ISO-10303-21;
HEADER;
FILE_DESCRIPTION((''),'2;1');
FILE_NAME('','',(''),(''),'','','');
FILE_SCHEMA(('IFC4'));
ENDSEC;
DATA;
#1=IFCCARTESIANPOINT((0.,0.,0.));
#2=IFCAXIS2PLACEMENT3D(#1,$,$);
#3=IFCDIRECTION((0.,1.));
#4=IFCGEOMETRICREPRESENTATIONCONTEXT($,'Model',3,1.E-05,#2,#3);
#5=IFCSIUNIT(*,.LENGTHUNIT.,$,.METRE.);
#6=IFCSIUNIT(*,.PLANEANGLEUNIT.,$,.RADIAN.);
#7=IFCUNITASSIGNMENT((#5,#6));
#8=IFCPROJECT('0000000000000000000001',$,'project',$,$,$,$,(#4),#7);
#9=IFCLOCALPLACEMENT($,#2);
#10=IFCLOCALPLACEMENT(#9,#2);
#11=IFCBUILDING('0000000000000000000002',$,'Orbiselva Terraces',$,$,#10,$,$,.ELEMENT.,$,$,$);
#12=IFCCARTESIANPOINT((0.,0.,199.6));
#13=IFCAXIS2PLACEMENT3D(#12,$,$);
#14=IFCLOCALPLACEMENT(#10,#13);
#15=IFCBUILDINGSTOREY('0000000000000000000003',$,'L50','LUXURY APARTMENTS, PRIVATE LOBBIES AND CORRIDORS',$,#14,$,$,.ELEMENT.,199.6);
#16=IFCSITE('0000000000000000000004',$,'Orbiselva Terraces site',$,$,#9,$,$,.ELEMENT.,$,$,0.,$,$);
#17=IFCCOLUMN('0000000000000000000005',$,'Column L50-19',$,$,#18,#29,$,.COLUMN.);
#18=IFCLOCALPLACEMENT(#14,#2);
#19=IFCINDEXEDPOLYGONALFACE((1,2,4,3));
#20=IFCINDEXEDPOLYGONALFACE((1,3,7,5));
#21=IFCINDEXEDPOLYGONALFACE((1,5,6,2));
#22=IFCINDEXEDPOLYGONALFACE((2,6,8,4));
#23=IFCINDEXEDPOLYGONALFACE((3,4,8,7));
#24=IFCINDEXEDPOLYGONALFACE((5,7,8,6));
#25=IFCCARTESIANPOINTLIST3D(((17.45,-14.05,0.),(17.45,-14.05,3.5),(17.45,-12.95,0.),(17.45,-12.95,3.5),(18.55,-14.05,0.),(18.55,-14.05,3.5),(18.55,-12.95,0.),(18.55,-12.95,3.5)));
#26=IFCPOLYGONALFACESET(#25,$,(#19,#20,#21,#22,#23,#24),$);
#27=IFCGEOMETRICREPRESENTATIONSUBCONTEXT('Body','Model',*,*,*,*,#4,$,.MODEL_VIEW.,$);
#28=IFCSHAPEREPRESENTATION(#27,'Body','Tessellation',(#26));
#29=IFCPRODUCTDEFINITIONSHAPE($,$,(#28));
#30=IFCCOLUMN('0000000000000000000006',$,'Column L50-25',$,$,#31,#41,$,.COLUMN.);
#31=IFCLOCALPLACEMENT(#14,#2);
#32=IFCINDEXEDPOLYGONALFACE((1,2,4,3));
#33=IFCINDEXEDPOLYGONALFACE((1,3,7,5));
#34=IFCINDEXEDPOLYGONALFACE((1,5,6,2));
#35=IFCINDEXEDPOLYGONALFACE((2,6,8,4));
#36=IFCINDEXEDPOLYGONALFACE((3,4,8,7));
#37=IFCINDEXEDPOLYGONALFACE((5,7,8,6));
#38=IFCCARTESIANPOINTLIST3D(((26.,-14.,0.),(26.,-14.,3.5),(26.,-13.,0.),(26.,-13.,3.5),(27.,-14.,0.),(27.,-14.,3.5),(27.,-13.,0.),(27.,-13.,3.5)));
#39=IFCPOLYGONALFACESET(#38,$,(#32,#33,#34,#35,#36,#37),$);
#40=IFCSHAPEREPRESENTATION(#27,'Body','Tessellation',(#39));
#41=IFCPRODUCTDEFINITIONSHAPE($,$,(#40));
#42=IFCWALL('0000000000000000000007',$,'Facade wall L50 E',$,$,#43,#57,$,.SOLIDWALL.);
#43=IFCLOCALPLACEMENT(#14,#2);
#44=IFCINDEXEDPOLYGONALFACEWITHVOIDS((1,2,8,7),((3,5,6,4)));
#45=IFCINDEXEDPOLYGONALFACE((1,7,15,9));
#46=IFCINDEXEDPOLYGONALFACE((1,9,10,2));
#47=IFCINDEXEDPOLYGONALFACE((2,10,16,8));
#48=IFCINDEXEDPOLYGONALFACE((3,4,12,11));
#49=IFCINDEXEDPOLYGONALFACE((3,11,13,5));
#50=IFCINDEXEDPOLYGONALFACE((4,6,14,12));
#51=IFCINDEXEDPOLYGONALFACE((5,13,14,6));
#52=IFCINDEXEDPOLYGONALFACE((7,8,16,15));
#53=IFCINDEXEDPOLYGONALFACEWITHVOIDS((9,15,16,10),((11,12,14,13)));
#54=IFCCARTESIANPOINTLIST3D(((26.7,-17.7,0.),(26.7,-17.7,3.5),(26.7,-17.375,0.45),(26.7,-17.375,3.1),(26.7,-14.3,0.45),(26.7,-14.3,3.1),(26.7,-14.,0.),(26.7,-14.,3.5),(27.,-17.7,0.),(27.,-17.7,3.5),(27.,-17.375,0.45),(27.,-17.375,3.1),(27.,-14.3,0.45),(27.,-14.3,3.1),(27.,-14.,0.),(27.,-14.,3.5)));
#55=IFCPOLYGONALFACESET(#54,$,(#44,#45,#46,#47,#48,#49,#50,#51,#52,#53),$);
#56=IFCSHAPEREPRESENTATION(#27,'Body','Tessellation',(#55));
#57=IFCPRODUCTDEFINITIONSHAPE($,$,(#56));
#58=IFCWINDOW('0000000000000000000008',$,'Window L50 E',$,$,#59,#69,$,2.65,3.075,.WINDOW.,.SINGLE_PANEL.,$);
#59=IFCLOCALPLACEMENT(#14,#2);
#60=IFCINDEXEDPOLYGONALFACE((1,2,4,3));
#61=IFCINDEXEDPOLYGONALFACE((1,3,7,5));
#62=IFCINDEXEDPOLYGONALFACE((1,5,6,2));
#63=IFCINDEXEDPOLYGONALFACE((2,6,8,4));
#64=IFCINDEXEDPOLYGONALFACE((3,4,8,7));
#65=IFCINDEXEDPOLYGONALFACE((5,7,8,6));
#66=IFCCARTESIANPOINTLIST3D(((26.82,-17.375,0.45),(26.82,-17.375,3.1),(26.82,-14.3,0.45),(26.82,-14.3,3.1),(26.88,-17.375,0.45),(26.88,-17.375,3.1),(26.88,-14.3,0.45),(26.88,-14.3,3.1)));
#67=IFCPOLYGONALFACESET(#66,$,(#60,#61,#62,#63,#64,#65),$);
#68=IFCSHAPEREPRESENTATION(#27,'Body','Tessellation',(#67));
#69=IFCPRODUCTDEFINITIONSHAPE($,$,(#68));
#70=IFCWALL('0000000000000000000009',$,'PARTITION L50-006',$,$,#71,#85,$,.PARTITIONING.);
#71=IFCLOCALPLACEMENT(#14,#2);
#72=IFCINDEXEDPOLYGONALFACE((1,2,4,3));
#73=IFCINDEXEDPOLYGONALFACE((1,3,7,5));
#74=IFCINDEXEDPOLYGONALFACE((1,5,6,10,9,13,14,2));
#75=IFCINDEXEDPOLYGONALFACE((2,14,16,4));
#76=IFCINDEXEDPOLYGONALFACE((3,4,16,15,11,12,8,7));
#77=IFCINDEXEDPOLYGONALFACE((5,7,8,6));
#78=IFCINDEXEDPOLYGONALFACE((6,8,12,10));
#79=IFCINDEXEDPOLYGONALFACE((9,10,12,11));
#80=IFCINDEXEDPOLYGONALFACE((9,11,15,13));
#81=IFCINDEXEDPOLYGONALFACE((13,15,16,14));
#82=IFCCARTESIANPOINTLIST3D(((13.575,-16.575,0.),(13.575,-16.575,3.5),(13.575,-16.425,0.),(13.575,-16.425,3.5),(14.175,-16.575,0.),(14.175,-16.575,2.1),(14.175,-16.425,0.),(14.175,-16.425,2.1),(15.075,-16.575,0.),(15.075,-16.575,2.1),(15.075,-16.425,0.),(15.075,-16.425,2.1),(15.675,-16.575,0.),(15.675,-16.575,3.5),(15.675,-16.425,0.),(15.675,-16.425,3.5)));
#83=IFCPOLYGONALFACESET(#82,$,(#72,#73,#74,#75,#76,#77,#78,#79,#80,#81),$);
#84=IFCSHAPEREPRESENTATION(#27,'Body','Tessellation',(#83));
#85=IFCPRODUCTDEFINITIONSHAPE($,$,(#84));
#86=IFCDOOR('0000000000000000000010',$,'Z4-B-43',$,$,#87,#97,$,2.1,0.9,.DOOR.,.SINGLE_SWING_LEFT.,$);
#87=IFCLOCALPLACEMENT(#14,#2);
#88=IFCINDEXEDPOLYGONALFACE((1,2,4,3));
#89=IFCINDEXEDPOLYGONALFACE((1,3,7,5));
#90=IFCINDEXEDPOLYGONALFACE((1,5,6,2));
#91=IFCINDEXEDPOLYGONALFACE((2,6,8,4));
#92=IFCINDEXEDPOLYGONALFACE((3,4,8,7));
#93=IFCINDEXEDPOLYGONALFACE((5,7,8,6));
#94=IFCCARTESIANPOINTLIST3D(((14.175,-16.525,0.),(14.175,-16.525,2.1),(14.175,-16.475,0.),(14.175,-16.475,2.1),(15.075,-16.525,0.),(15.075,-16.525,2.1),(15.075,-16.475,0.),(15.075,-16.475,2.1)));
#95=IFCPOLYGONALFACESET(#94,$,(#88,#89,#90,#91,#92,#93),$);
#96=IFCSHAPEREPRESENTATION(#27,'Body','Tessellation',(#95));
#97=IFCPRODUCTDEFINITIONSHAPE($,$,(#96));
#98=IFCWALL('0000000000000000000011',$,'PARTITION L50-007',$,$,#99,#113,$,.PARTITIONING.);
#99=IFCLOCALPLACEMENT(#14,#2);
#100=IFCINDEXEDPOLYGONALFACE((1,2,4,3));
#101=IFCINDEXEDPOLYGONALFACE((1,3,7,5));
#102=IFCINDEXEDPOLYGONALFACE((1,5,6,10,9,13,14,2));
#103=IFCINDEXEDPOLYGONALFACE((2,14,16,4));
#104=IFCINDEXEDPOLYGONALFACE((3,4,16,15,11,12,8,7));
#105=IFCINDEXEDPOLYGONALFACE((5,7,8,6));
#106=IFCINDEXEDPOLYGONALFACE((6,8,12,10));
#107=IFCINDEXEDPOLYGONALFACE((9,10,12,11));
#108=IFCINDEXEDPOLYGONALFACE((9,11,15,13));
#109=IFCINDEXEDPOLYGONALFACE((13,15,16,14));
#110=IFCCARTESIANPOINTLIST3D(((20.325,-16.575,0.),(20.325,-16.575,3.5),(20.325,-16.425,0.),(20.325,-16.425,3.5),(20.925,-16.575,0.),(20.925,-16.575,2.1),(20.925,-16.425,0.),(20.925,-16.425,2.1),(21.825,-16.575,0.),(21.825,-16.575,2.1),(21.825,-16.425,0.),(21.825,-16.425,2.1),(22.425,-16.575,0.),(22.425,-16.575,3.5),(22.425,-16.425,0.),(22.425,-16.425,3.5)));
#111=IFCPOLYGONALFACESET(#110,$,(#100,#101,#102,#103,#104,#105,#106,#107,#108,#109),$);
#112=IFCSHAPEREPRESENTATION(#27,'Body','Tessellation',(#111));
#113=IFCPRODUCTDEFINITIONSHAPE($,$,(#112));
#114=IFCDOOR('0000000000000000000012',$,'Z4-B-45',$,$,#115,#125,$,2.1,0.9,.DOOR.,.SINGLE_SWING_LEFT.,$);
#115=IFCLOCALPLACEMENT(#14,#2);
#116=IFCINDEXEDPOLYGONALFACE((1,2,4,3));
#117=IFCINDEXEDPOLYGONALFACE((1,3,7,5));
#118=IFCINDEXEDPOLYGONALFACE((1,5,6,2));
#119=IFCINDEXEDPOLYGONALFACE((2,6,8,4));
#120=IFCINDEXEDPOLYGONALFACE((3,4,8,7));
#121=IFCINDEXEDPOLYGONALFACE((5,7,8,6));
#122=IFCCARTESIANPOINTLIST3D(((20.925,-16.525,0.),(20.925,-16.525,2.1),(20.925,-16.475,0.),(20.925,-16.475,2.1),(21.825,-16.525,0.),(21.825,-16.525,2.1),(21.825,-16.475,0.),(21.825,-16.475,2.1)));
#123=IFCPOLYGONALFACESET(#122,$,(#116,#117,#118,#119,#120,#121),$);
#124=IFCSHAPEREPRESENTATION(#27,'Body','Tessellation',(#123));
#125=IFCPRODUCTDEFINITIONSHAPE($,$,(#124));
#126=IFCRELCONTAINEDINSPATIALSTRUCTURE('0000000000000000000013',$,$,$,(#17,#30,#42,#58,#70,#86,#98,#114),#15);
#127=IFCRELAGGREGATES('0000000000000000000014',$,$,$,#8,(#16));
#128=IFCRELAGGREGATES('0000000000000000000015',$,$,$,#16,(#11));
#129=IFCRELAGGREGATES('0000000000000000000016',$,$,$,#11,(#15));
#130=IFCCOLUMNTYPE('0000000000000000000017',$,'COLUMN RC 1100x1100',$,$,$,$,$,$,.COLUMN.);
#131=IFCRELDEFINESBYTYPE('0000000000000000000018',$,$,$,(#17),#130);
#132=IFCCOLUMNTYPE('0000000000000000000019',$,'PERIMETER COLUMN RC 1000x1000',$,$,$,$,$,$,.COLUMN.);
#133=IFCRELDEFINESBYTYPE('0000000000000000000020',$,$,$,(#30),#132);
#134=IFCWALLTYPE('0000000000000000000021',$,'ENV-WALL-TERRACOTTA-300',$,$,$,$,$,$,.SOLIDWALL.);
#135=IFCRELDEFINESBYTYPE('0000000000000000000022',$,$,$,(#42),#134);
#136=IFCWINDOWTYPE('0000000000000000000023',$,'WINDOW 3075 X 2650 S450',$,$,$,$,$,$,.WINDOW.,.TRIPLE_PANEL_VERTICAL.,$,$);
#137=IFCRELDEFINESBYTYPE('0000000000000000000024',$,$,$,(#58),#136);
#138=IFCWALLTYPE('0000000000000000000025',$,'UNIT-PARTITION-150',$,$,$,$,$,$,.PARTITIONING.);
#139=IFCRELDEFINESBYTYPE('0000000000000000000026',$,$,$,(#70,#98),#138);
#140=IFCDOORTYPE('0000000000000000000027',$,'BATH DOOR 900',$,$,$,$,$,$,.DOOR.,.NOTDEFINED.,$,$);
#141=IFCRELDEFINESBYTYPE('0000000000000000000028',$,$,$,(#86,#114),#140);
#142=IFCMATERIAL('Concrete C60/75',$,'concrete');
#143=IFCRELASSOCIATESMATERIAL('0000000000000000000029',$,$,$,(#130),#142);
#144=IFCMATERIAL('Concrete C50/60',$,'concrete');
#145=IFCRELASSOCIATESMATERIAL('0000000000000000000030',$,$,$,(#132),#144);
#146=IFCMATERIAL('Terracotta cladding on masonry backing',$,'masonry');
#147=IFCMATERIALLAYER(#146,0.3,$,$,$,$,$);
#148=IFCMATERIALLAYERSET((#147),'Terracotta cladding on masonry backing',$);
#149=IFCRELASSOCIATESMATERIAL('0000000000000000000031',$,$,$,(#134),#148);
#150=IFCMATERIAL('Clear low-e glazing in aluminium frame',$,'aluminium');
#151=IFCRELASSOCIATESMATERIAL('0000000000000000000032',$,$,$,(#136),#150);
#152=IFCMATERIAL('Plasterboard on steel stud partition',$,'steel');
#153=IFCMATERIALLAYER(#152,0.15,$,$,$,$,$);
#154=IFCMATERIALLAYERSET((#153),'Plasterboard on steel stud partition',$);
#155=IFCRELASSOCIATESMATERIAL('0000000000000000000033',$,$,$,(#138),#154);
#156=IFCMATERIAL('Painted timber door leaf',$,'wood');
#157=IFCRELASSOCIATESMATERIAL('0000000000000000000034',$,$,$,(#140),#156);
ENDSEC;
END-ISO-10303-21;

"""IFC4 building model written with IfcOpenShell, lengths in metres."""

from ifc_helpers import new_model, si_unit, direction, frame, frame_2d, origin, origin_2d, place, context, subcontext, project, spatial, rectangle, extrude, material, layer, layer_set, material_profile, profile_set, type_object, element, fill, save


model = new_model("IFC4")

# Units and contexts
model_context = context("Model", 3, precision=1e-05, world=origin(), true_north=direction((0.0, 1.0)))
body_context = subcontext(model_context, "Body", "Model", "MODEL_VIEW")
ifc_project = project(units=[si_unit("LENGTHUNIT", "METRE"), si_unit("PLANEANGLEUNIT", "RADIAN")], contexts=[model_context])

# Site, building, storey
site_placement = place(None, origin())
site = spatial("IfcSite", under=ifc_project, at=site_placement, Name="Orbiselva Terraces site", CompositionType="ELEMENT", RefElevation=0.0)
building_placement = place(site_placement, origin())
building = spatial("IfcBuilding", under=site, at=building_placement, Name="Orbiselva Terraces", CompositionType="ELEMENT")
storey_placement = place(building_placement, frame((0.0, 0.0, 199.6)))
storey = spatial("IfcBuildingStorey", under=building, at=storey_placement, Name="L50", Description="LUXURY APARTMENTS, PRIVATE LOBBIES AND CORRIDORS", CompositionType="ELEMENT", Elevation=199.6)

# Columns
ifc_material_1 = material(Name="Concrete C60/75", Category="concrete")
ifc_material_profile_1 = material_profile(ifc_material_1, rectangle(XDim=1.1, YDim=1.1, at=origin_2d()), Name="RC 1100x1100")
ifc_profile_set_1 = profile_set([ifc_material_profile_1], Name="Concrete C60/75")
column_type_1 = type_object("IfcColumnType", Name="COLUMN RC 1100x1100", PredefinedType="COLUMN", material=ifc_profile_set_1)
column_1_placement = place(storey_placement, frame((18.0, -13.5, 0.0), z_axis=(0.0, 0.0, 1.0), x_axis=(1.0, 0.0, 0.0)))
element("IfcColumn", 1, at=column_1_placement, inside=storey, type_object=column_type_1, Name="Column L50-19", PredefinedType="COLUMN", context=body_context, shape_type="SweptSolid", body=[
    extrude(rectangle(XDim=1.1, YDim=1.1, at=origin_2d()), origin(), (0.0, 0.0, 1.0), 3.5),
])
ifc_material_2 = material(Name="Concrete C50/60", Category="concrete")
ifc_material_profile_2 = material_profile(ifc_material_2, rectangle(XDim=1.0, YDim=1.0, at=origin_2d()), Name="RC 1000x1000")
ifc_profile_set_2 = profile_set([ifc_material_profile_2], Name="Concrete C50/60")
column_type_2 = type_object("IfcColumnType", Name="PERIMETER COLUMN RC 1000x1000", PredefinedType="COLUMN", material=ifc_profile_set_2)
column_2_placement = place(storey_placement, frame((26.5, -13.5, 0.0), z_axis=(0.0, 0.0, 1.0), x_axis=(1.0, 0.0, 0.0)))
element("IfcColumn", 2, at=column_2_placement, inside=storey, type_object=column_type_2, Name="Column L50-25", PredefinedType="COLUMN", context=body_context, shape_type="SweptSolid", body=[
    extrude(rectangle(XDim=1.0, YDim=1.0, at=origin_2d()), origin(), (0.0, 0.0, 1.0), 3.5),
])

# Wall, opening, window
ifc_material_3 = material(Name="Terracotta cladding on masonry backing", Category="masonry")
ifc_layer_1 = layer(ifc_material_3, 0.3)
ifc_layer_set_1 = layer_set([ifc_layer_1], Name="Terracotta cladding on masonry backing")
wall_type_1 = type_object("IfcWallType", Name="ENV-WALL-TERRACOTTA-300", PredefinedType="SOLIDWALL", material=ifc_layer_set_1)
wall_1_placement = place(storey_placement, frame((26.85, -14.0, 0.0), z_axis=(0.0, 0.0, 1.0), x_axis=(0.0, -1.0, 0.0)))
wall_1 = element("IfcWall", 3, at=wall_1_placement, inside=storey, type_object=wall_type_1, Name="Facade wall L50 E", PredefinedType="SOLIDWALL", context=body_context, shape_type="SweptSolid", body=[
    extrude(rectangle(XDim=3.7, YDim=0.3, at=frame_2d((1.85, 0.0))), origin(), (0.0, 0.0, 1.0), 3.5),
])
opening_1_placement = place(wall_1_placement, frame((0.3, 0.0, 0.45)))
opening_1 = element("IfcOpeningElement", 4, at=opening_1_placement, cuts=wall_1, PredefinedType="OPENING", context=body_context, shape_type="SweptSolid", body=[
    extrude(rectangle(XDim=3.075, YDim=2.65, at=frame_2d((1.5375, 1.325))), frame((0.0, 0.16, 0.0), z_axis=(0.0, -1.0, 0.0), x_axis=(1.0, 0.0, 0.0)), (0.0, 0.0, 1.0), 0.32),
])
ifc_material_4 = material(Name="Clear low-e glazing in aluminium frame", Category="aluminium")
window_type = type_object("IfcWindowType", Name="WINDOW 3075 X 2650 S450", PartitioningType="TRIPLE_PANEL_VERTICAL", PredefinedType="WINDOW", material=ifc_material_4)
window_placement = place(opening_1_placement, origin())
window = element("IfcWindow", 5, at=window_placement, inside=storey, type_object=window_type, Name="Window L50 E", OverallHeight=2.65, OverallWidth=3.075, PartitioningType="SINGLE_PANEL", PredefinedType="WINDOW", context=body_context, shape_type="SweptSolid", body=[
    extrude(rectangle(XDim=3.075, YDim=2.65, at=frame_2d((1.5375, 1.325))), frame((0.0, 0.03, 0.0), z_axis=(0.0, -1.0, 0.0), x_axis=(1.0, 0.0, 0.0)), (0.0, 0.0, 1.0), 0.06),
])
fill(opening_1, window)

# Walls, openings, doors
ifc_material_5 = material(Name="Plasterboard on steel stud partition", Category="steel")
ifc_layer_2 = layer(ifc_material_5, 0.15)
ifc_layer_set_2 = layer_set([ifc_layer_2], Name="Plasterboard on steel stud partition")
wall_type_2 = type_object("IfcWallType", Name="UNIT-PARTITION-150", PredefinedType="PARTITIONING", material=ifc_layer_set_2)
wall_2_placement = place(storey_placement, frame((13.575, -16.5, 0.0), z_axis=(0.0, 0.0, 1.0), x_axis=(1.0, 0.0, 0.0)))
wall_2 = element("IfcWall", 6, at=wall_2_placement, inside=storey, type_object=wall_type_2, Name="PARTITION L50-006", PredefinedType="PARTITIONING", context=body_context, shape_type="SweptSolid", body=[
    extrude(rectangle(XDim=2.1, YDim=0.15, at=frame_2d((1.05, 0.0))), origin(), (0.0, 0.0, 1.0), 3.5),
])
opening_2_placement = place(wall_2_placement, frame((0.6, 0.0, 0.0)))
opening_2 = element("IfcOpeningElement", 7, at=opening_2_placement, cuts=wall_2, PredefinedType="OPENING", context=body_context, shape_type="SweptSolid", body=[
    extrude(rectangle(XDim=0.9, YDim=2.1, at=frame_2d((0.45, 1.05))), frame((0.0, 0.085, 0.0), z_axis=(0.0, -1.0, 0.0), x_axis=(1.0, 0.0, 0.0)), (0.0, 0.0, 1.0), 0.17),
])
ifc_material_6 = material(Name="Painted timber door leaf", Category="wood")
door_type_1 = type_object("IfcDoorType", Name="BATH DOOR 900", OperationType="NOTDEFINED", PredefinedType="DOOR", material=ifc_material_6)
door_1_placement = place(opening_2_placement, origin())
door_1 = element("IfcDoor", 8, at=door_1_placement, inside=storey, type_object=door_type_1, Name="Z4-B-43", OperationType="SINGLE_SWING_LEFT", OverallHeight=2.1, OverallWidth=0.9, PredefinedType="DOOR", context=body_context, shape_type="SweptSolid", body=[
    extrude(rectangle(XDim=0.9, YDim=2.1, at=frame_2d((0.45, 1.05))), frame((0.0, 0.025, 0.0), z_axis=(0.0, -1.0, 0.0), x_axis=(1.0, 0.0, 0.0)), (0.0, 0.0, 1.0), 0.05),
])
fill(opening_2, door_1)
wall_3_placement = place(storey_placement, frame((20.325, -16.5, 0.0), z_axis=(0.0, 0.0, 1.0), x_axis=(1.0, 0.0, 0.0)))
wall_3 = element("IfcWall", 9, at=wall_3_placement, inside=storey, type_object=wall_type_2, Name="PARTITION L50-007", PredefinedType="PARTITIONING", context=body_context, shape_type="SweptSolid", body=[
    extrude(rectangle(XDim=2.1, YDim=0.15, at=frame_2d((1.05, 0.0))), origin(), (0.0, 0.0, 1.0), 3.5),
])
opening_3_placement = place(wall_3_placement, frame((0.6, 0.0, 0.0)))
opening_3 = element("IfcOpeningElement", 10, at=opening_3_placement, cuts=wall_3, PredefinedType="OPENING", context=body_context, shape_type="SweptSolid", body=[
    extrude(rectangle(XDim=0.9, YDim=2.1, at=frame_2d((0.45, 1.05))), frame((0.0, 0.085, 0.0), z_axis=(0.0, -1.0, 0.0), x_axis=(1.0, 0.0, 0.0)), (0.0, 0.0, 1.0), 0.17),
])
door_2_placement = place(opening_3_placement, origin())
door_2 = element("IfcDoor", 11, at=door_2_placement, inside=storey, type_object=door_type_1, Name="Z4-B-45", OperationType="SINGLE_SWING_LEFT", OverallHeight=2.1, OverallWidth=0.9, PredefinedType="DOOR", context=body_context, shape_type="SweptSolid", body=[
    extrude(rectangle(XDim=0.9, YDim=2.1, at=frame_2d((0.45, 1.05))), frame((0.0, 0.025, 0.0), z_axis=(0.0, -1.0, 0.0), x_axis=(1.0, 0.0, 0.0)), (0.0, 0.0, 1.0), 0.05),
])
fill(opening_3, door_2)

save(model, "model.ifc")
